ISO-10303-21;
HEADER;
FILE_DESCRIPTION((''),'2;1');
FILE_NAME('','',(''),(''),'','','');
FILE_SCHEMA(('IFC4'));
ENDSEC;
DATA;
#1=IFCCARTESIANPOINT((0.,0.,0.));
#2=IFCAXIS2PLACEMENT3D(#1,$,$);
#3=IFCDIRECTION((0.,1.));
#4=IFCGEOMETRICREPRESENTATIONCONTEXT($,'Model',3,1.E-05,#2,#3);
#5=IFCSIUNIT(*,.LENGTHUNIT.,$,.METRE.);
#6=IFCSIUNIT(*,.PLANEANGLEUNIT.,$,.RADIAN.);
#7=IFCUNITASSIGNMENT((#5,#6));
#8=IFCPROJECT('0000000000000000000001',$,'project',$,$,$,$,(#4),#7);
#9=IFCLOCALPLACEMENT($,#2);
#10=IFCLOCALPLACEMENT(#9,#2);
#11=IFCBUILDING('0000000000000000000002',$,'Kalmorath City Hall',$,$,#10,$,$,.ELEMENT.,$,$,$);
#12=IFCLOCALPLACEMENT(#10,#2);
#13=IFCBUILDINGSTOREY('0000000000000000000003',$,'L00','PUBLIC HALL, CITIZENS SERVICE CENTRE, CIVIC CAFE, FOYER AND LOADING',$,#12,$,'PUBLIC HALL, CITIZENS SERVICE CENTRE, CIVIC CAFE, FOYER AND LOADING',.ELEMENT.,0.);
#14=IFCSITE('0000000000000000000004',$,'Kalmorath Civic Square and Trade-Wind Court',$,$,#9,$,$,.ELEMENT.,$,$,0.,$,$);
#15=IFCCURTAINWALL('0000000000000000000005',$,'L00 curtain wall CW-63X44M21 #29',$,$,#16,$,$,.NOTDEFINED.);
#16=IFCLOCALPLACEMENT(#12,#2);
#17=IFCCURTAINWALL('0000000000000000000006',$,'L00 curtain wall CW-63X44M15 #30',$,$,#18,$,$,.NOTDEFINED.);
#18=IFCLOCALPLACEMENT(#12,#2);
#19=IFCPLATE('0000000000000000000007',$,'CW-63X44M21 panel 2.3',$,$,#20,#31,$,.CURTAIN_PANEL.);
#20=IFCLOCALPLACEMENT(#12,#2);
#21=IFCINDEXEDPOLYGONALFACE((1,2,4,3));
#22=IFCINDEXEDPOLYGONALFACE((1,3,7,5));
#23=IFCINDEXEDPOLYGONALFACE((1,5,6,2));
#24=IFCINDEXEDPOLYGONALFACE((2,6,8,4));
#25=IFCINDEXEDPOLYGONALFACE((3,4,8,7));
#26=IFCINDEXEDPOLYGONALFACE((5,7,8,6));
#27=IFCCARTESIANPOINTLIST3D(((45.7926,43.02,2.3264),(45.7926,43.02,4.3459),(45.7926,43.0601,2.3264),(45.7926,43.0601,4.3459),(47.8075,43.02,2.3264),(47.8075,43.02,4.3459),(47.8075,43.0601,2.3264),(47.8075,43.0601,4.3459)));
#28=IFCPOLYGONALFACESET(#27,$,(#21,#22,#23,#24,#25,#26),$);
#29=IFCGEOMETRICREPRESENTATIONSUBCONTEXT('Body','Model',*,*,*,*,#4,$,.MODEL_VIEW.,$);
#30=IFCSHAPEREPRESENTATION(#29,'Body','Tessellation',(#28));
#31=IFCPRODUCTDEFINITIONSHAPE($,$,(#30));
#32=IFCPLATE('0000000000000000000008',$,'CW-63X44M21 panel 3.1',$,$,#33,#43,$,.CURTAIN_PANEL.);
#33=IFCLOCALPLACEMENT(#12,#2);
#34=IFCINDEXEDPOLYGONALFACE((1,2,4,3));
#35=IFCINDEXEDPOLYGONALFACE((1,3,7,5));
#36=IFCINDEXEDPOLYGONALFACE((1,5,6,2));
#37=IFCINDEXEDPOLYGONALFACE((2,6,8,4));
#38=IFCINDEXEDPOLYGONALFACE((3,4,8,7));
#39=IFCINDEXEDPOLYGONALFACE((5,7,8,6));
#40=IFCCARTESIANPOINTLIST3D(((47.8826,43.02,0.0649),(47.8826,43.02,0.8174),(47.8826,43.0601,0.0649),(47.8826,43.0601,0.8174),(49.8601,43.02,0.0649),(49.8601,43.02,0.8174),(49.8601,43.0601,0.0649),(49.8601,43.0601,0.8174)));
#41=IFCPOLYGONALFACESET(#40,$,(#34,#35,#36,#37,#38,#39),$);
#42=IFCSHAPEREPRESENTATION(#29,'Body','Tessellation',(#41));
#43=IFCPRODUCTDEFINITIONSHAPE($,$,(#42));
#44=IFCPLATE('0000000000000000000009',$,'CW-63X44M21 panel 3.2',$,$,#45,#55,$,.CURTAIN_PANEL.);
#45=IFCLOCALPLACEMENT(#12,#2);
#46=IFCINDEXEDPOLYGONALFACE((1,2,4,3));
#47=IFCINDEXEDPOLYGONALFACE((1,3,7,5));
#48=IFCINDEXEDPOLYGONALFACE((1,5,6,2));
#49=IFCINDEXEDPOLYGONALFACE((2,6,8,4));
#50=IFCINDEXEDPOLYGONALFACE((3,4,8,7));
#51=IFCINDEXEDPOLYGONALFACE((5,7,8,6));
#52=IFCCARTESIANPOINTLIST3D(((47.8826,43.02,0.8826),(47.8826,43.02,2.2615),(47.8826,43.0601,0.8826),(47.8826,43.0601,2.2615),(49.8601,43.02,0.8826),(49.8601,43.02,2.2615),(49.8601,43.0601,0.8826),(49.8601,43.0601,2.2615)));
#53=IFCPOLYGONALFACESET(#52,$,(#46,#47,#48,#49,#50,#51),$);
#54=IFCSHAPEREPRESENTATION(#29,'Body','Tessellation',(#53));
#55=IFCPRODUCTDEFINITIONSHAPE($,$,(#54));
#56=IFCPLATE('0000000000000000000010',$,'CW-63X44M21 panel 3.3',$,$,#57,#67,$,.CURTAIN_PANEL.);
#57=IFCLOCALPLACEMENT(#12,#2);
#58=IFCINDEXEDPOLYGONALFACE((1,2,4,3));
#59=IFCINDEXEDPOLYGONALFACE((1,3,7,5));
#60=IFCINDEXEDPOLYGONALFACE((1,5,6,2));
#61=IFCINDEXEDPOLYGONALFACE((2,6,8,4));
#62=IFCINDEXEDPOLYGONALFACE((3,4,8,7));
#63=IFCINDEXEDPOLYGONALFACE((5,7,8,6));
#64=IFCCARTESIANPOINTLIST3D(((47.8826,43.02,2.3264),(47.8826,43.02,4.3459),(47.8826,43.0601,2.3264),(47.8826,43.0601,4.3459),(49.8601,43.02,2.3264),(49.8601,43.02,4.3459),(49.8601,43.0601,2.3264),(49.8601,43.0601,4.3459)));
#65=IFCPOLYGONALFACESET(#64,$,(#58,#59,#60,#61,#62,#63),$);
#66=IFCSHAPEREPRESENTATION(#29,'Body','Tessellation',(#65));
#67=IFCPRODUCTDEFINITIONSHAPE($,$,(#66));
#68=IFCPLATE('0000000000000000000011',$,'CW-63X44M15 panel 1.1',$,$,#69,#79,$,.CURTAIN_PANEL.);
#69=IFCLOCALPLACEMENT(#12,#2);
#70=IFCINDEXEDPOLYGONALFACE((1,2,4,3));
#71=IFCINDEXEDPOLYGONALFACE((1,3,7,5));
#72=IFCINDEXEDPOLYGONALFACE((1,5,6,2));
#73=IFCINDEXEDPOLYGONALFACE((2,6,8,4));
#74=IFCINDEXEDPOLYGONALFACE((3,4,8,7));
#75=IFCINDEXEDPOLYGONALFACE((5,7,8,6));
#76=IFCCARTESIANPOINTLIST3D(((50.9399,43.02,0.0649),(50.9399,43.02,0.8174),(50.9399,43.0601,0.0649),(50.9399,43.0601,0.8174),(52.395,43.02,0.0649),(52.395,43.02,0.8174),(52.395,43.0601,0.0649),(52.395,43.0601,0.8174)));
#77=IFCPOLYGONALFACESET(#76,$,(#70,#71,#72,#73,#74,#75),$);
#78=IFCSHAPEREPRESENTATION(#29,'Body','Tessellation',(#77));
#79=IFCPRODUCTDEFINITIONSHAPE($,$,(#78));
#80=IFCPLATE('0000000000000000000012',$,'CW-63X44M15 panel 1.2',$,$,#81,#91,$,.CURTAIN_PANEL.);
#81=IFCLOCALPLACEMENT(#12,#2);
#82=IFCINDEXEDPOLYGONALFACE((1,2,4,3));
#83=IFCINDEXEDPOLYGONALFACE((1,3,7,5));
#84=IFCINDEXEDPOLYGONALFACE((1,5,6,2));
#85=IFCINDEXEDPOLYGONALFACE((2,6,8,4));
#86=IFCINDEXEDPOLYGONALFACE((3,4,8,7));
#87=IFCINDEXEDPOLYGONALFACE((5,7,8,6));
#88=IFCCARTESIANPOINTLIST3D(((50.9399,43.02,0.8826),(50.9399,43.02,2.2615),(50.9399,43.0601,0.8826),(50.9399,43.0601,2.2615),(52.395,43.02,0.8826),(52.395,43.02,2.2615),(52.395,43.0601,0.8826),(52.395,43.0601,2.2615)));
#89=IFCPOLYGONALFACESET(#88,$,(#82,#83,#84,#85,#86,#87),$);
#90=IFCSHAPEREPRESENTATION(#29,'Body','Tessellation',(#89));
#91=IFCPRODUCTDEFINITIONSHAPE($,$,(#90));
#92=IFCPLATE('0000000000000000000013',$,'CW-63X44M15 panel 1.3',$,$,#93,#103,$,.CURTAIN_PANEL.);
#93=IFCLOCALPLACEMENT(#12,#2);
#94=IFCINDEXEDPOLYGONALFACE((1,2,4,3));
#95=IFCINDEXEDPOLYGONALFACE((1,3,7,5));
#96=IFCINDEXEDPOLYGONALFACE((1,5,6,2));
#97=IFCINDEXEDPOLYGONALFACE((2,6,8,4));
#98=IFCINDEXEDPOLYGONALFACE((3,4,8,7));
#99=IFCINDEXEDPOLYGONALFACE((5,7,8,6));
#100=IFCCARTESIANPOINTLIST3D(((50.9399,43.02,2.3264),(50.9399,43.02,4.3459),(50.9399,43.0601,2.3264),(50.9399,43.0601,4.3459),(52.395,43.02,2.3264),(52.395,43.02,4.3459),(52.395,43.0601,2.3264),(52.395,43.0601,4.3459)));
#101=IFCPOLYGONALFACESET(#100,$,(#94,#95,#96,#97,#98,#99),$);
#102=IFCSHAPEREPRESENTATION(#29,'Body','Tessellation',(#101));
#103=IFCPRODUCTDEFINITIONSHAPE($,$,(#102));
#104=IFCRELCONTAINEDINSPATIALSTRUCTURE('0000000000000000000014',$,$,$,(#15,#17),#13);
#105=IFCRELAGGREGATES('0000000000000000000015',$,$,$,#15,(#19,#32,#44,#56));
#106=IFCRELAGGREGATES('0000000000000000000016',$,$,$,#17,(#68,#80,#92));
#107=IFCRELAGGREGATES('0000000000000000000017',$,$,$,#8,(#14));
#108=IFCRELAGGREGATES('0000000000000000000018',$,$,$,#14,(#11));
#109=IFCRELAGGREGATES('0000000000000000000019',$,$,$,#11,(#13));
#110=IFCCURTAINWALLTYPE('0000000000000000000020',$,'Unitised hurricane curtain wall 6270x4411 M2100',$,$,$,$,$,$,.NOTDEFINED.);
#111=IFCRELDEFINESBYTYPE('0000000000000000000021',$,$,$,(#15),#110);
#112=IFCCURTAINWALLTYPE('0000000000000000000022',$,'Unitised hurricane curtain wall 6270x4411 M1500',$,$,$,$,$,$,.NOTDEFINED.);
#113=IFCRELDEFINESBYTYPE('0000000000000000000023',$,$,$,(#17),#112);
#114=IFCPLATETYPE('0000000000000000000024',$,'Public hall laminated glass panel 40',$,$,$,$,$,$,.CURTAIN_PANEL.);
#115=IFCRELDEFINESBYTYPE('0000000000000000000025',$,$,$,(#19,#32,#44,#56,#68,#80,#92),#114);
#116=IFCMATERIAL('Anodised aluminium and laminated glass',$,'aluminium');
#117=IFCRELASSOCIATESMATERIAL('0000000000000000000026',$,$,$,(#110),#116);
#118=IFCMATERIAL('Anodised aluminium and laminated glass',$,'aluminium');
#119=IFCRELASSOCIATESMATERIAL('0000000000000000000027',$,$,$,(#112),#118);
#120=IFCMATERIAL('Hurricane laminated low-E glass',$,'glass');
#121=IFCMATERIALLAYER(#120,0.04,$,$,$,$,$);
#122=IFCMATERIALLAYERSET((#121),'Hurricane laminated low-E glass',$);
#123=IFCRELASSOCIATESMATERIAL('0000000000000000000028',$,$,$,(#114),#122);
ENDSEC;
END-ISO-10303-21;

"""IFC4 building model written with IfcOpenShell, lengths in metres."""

from ifc_helpers import new_model, si_unit, direction, frame, origin, origin_2d, place, context, subcontext, project, spatial, rectangle, extrude, material, layer, layer_set, type_object, element, aggregate, save


model = new_model("IFC4")

# Units and contexts
model_context = context("Model", 3, precision=1e-05, world=origin(), true_north=direction((0.0, 1.0)))
body_context = subcontext(model_context, "Body", "Model", "MODEL_VIEW")
ifc_project = project(units=[si_unit("LENGTHUNIT", "METRE"), si_unit("PLANEANGLEUNIT", "RADIAN")], contexts=[model_context])

# Site, building, storey
site_placement = place(None, origin())
site = spatial("IfcSite", under=ifc_project, at=site_placement, Name="Kalmorath Civic Square and Trade-Wind Court", CompositionType="ELEMENT", RefElevation=0.0)
building_placement = place(site_placement, origin())
building = spatial("IfcBuilding", under=site, at=building_placement, Name="Kalmorath City Hall", CompositionType="ELEMENT")
storey_placement = place(building_placement, origin())
storey = spatial("IfcBuildingStorey", under=building, at=storey_placement, Name="L00", Description="PUBLIC HALL, CITIZENS SERVICE CENTRE, CIVIC CAFE, FOYER AND LOADING", LongName="PUBLIC HALL, CITIZENS SERVICE CENTRE, CIVIC CAFE, FOYER AND LOADING", CompositionType="ELEMENT", Elevation=0.0)

# Curtain wall
ifc_material_1 = material(Name="Anodised aluminium and laminated glass", Category="aluminium")
curtain_wall_type_1 = type_object("IfcCurtainWallType", Name="Unitised hurricane curtain wall 6270x4411 M2100", PredefinedType="NOTDEFINED", material=ifc_material_1)
curtain_wall_1_placement = place(storey_placement, origin())
curtain_wall_1 = element("IfcCurtainWall", 1, at=curtain_wall_1_placement, inside=storey, type_object=curtain_wall_type_1, Name="L00 curtain wall CW-63X44M21 #29", PredefinedType="NOTDEFINED")

# Curtain wall
ifc_material_2 = material(Name="Anodised aluminium and laminated glass", Category="aluminium")
curtain_wall_type_2 = type_object("IfcCurtainWallType", Name="Unitised hurricane curtain wall 6270x4411 M1500", PredefinedType="NOTDEFINED", material=ifc_material_2)
curtain_wall_2_placement = place(storey_placement, origin())
curtain_wall_2 = element("IfcCurtainWall", 2, at=curtain_wall_2_placement, inside=storey, type_object=curtain_wall_type_2, Name="L00 curtain wall CW-63X44M15 #30", PredefinedType="NOTDEFINED")

# Plates
ifc_material_3 = material(Name="Hurricane laminated low-E glass", Category="glass")
ifc_layer = layer(ifc_material_3, 0.04)
ifc_layer_set = layer_set([ifc_layer], Name="Hurricane laminated low-E glass")
plate_type = type_object("IfcPlateType", Name="Public hall laminated glass panel 40", PredefinedType="CURTAIN_PANEL", material=ifc_layer_set)
plate_1_placement = place(storey_placement, frame((46.8, 43.04, 2.3264), z_axis=(0.0, 0.0, 1.0), x_axis=(1.0, 0.0, 0.0)))
plate_1 = element("IfcPlate", 3, at=plate_1_placement, type_object=plate_type, Name="CW-63X44M21 panel 2.3", PredefinedType="CURTAIN_PANEL", context=body_context, shape_type="SweptSolid", body=[
    extrude(rectangle(XDim=2.0149, YDim=0.04, at=origin_2d()), origin(), (0.0, 0.0, 1.0), 2.0195),
])
plate_2_placement = place(storey_placement, frame((48.8713, 43.04, 0.0649), z_axis=(0.0, 0.0, 1.0), x_axis=(1.0, 0.0, 0.0)))
plate_2 = element("IfcPlate", 4, at=plate_2_placement, type_object=plate_type, Name="CW-63X44M21 panel 3.1", PredefinedType="CURTAIN_PANEL", context=body_context, shape_type="SweptSolid", body=[
    extrude(rectangle(XDim=1.9775, YDim=0.04, at=origin_2d()), origin(), (0.0, 0.0, 1.0), 0.7524),
])
plate_3_placement = place(storey_placement, frame((48.8713, 43.04, 0.8826), z_axis=(0.0, 0.0, 1.0), x_axis=(1.0, 0.0, 0.0)))
plate_3 = element("IfcPlate", 5, at=plate_3_placement, type_object=plate_type, Name="CW-63X44M21 panel 3.2", PredefinedType="CURTAIN_PANEL", context=body_context, shape_type="SweptSolid", body=[
    extrude(rectangle(XDim=1.9775, YDim=0.04, at=origin_2d()), origin(), (0.0, 0.0, 1.0), 1.3789),
])
plate_4_placement = place(storey_placement, frame((48.8713, 43.04, 2.3264), z_axis=(0.0, 0.0, 1.0), x_axis=(1.0, 0.0, 0.0)))
plate_4 = element("IfcPlate", 6, at=plate_4_placement, type_object=plate_type, Name="CW-63X44M21 panel 3.3", PredefinedType="CURTAIN_PANEL", context=body_context, shape_type="SweptSolid", body=[
    extrude(rectangle(XDim=1.9775, YDim=0.04, at=origin_2d()), origin(), (0.0, 0.0, 1.0), 2.0195),
])
aggregate(curtain_wall_1, [plate_1, plate_2, plate_3, plate_4])
plate_5_placement = place(storey_placement, frame((51.6675, 43.04, 0.0649), z_axis=(0.0, 0.0, 1.0), x_axis=(1.0, 0.0, 0.0)))
plate_5 = element("IfcPlate", 7, at=plate_5_placement, type_object=plate_type, Name="CW-63X44M15 panel 1.1", PredefinedType="CURTAIN_PANEL", context=body_context, shape_type="SweptSolid", body=[
    extrude(rectangle(XDim=1.4551, YDim=0.04, at=origin_2d()), origin(), (0.0, 0.0, 1.0), 0.7524),
])
plate_6_placement = place(storey_placement, frame((51.6675, 43.04, 0.8826), z_axis=(0.0, 0.0, 1.0), x_axis=(1.0, 0.0, 0.0)))
plate_6 = element("IfcPlate", 8, at=plate_6_placement, type_object=plate_type, Name="CW-63X44M15 panel 1.2", PredefinedType="CURTAIN_PANEL", context=body_context, shape_type="SweptSolid", body=[
    extrude(rectangle(XDim=1.4551, YDim=0.04, at=origin_2d()), origin(), (0.0, 0.0, 1.0), 1.3789),
])
plate_7_placement = place(storey_placement, frame((51.6675, 43.04, 2.3264), z_axis=(0.0, 0.0, 1.0), x_axis=(1.0, 0.0, 0.0)))
plate_7 = element("IfcPlate", 9, at=plate_7_placement, type_object=plate_type, Name="CW-63X44M15 panel 1.3", PredefinedType="CURTAIN_PANEL", context=body_context, shape_type="SweptSolid", body=[
    extrude(rectangle(XDim=1.4551, YDim=0.04, at=origin_2d()), origin(), (0.0, 0.0, 1.0), 2.0195),
])
aggregate(curtain_wall_2, [plate_5, plate_6, plate_7])

save(model, "model.ifc")
